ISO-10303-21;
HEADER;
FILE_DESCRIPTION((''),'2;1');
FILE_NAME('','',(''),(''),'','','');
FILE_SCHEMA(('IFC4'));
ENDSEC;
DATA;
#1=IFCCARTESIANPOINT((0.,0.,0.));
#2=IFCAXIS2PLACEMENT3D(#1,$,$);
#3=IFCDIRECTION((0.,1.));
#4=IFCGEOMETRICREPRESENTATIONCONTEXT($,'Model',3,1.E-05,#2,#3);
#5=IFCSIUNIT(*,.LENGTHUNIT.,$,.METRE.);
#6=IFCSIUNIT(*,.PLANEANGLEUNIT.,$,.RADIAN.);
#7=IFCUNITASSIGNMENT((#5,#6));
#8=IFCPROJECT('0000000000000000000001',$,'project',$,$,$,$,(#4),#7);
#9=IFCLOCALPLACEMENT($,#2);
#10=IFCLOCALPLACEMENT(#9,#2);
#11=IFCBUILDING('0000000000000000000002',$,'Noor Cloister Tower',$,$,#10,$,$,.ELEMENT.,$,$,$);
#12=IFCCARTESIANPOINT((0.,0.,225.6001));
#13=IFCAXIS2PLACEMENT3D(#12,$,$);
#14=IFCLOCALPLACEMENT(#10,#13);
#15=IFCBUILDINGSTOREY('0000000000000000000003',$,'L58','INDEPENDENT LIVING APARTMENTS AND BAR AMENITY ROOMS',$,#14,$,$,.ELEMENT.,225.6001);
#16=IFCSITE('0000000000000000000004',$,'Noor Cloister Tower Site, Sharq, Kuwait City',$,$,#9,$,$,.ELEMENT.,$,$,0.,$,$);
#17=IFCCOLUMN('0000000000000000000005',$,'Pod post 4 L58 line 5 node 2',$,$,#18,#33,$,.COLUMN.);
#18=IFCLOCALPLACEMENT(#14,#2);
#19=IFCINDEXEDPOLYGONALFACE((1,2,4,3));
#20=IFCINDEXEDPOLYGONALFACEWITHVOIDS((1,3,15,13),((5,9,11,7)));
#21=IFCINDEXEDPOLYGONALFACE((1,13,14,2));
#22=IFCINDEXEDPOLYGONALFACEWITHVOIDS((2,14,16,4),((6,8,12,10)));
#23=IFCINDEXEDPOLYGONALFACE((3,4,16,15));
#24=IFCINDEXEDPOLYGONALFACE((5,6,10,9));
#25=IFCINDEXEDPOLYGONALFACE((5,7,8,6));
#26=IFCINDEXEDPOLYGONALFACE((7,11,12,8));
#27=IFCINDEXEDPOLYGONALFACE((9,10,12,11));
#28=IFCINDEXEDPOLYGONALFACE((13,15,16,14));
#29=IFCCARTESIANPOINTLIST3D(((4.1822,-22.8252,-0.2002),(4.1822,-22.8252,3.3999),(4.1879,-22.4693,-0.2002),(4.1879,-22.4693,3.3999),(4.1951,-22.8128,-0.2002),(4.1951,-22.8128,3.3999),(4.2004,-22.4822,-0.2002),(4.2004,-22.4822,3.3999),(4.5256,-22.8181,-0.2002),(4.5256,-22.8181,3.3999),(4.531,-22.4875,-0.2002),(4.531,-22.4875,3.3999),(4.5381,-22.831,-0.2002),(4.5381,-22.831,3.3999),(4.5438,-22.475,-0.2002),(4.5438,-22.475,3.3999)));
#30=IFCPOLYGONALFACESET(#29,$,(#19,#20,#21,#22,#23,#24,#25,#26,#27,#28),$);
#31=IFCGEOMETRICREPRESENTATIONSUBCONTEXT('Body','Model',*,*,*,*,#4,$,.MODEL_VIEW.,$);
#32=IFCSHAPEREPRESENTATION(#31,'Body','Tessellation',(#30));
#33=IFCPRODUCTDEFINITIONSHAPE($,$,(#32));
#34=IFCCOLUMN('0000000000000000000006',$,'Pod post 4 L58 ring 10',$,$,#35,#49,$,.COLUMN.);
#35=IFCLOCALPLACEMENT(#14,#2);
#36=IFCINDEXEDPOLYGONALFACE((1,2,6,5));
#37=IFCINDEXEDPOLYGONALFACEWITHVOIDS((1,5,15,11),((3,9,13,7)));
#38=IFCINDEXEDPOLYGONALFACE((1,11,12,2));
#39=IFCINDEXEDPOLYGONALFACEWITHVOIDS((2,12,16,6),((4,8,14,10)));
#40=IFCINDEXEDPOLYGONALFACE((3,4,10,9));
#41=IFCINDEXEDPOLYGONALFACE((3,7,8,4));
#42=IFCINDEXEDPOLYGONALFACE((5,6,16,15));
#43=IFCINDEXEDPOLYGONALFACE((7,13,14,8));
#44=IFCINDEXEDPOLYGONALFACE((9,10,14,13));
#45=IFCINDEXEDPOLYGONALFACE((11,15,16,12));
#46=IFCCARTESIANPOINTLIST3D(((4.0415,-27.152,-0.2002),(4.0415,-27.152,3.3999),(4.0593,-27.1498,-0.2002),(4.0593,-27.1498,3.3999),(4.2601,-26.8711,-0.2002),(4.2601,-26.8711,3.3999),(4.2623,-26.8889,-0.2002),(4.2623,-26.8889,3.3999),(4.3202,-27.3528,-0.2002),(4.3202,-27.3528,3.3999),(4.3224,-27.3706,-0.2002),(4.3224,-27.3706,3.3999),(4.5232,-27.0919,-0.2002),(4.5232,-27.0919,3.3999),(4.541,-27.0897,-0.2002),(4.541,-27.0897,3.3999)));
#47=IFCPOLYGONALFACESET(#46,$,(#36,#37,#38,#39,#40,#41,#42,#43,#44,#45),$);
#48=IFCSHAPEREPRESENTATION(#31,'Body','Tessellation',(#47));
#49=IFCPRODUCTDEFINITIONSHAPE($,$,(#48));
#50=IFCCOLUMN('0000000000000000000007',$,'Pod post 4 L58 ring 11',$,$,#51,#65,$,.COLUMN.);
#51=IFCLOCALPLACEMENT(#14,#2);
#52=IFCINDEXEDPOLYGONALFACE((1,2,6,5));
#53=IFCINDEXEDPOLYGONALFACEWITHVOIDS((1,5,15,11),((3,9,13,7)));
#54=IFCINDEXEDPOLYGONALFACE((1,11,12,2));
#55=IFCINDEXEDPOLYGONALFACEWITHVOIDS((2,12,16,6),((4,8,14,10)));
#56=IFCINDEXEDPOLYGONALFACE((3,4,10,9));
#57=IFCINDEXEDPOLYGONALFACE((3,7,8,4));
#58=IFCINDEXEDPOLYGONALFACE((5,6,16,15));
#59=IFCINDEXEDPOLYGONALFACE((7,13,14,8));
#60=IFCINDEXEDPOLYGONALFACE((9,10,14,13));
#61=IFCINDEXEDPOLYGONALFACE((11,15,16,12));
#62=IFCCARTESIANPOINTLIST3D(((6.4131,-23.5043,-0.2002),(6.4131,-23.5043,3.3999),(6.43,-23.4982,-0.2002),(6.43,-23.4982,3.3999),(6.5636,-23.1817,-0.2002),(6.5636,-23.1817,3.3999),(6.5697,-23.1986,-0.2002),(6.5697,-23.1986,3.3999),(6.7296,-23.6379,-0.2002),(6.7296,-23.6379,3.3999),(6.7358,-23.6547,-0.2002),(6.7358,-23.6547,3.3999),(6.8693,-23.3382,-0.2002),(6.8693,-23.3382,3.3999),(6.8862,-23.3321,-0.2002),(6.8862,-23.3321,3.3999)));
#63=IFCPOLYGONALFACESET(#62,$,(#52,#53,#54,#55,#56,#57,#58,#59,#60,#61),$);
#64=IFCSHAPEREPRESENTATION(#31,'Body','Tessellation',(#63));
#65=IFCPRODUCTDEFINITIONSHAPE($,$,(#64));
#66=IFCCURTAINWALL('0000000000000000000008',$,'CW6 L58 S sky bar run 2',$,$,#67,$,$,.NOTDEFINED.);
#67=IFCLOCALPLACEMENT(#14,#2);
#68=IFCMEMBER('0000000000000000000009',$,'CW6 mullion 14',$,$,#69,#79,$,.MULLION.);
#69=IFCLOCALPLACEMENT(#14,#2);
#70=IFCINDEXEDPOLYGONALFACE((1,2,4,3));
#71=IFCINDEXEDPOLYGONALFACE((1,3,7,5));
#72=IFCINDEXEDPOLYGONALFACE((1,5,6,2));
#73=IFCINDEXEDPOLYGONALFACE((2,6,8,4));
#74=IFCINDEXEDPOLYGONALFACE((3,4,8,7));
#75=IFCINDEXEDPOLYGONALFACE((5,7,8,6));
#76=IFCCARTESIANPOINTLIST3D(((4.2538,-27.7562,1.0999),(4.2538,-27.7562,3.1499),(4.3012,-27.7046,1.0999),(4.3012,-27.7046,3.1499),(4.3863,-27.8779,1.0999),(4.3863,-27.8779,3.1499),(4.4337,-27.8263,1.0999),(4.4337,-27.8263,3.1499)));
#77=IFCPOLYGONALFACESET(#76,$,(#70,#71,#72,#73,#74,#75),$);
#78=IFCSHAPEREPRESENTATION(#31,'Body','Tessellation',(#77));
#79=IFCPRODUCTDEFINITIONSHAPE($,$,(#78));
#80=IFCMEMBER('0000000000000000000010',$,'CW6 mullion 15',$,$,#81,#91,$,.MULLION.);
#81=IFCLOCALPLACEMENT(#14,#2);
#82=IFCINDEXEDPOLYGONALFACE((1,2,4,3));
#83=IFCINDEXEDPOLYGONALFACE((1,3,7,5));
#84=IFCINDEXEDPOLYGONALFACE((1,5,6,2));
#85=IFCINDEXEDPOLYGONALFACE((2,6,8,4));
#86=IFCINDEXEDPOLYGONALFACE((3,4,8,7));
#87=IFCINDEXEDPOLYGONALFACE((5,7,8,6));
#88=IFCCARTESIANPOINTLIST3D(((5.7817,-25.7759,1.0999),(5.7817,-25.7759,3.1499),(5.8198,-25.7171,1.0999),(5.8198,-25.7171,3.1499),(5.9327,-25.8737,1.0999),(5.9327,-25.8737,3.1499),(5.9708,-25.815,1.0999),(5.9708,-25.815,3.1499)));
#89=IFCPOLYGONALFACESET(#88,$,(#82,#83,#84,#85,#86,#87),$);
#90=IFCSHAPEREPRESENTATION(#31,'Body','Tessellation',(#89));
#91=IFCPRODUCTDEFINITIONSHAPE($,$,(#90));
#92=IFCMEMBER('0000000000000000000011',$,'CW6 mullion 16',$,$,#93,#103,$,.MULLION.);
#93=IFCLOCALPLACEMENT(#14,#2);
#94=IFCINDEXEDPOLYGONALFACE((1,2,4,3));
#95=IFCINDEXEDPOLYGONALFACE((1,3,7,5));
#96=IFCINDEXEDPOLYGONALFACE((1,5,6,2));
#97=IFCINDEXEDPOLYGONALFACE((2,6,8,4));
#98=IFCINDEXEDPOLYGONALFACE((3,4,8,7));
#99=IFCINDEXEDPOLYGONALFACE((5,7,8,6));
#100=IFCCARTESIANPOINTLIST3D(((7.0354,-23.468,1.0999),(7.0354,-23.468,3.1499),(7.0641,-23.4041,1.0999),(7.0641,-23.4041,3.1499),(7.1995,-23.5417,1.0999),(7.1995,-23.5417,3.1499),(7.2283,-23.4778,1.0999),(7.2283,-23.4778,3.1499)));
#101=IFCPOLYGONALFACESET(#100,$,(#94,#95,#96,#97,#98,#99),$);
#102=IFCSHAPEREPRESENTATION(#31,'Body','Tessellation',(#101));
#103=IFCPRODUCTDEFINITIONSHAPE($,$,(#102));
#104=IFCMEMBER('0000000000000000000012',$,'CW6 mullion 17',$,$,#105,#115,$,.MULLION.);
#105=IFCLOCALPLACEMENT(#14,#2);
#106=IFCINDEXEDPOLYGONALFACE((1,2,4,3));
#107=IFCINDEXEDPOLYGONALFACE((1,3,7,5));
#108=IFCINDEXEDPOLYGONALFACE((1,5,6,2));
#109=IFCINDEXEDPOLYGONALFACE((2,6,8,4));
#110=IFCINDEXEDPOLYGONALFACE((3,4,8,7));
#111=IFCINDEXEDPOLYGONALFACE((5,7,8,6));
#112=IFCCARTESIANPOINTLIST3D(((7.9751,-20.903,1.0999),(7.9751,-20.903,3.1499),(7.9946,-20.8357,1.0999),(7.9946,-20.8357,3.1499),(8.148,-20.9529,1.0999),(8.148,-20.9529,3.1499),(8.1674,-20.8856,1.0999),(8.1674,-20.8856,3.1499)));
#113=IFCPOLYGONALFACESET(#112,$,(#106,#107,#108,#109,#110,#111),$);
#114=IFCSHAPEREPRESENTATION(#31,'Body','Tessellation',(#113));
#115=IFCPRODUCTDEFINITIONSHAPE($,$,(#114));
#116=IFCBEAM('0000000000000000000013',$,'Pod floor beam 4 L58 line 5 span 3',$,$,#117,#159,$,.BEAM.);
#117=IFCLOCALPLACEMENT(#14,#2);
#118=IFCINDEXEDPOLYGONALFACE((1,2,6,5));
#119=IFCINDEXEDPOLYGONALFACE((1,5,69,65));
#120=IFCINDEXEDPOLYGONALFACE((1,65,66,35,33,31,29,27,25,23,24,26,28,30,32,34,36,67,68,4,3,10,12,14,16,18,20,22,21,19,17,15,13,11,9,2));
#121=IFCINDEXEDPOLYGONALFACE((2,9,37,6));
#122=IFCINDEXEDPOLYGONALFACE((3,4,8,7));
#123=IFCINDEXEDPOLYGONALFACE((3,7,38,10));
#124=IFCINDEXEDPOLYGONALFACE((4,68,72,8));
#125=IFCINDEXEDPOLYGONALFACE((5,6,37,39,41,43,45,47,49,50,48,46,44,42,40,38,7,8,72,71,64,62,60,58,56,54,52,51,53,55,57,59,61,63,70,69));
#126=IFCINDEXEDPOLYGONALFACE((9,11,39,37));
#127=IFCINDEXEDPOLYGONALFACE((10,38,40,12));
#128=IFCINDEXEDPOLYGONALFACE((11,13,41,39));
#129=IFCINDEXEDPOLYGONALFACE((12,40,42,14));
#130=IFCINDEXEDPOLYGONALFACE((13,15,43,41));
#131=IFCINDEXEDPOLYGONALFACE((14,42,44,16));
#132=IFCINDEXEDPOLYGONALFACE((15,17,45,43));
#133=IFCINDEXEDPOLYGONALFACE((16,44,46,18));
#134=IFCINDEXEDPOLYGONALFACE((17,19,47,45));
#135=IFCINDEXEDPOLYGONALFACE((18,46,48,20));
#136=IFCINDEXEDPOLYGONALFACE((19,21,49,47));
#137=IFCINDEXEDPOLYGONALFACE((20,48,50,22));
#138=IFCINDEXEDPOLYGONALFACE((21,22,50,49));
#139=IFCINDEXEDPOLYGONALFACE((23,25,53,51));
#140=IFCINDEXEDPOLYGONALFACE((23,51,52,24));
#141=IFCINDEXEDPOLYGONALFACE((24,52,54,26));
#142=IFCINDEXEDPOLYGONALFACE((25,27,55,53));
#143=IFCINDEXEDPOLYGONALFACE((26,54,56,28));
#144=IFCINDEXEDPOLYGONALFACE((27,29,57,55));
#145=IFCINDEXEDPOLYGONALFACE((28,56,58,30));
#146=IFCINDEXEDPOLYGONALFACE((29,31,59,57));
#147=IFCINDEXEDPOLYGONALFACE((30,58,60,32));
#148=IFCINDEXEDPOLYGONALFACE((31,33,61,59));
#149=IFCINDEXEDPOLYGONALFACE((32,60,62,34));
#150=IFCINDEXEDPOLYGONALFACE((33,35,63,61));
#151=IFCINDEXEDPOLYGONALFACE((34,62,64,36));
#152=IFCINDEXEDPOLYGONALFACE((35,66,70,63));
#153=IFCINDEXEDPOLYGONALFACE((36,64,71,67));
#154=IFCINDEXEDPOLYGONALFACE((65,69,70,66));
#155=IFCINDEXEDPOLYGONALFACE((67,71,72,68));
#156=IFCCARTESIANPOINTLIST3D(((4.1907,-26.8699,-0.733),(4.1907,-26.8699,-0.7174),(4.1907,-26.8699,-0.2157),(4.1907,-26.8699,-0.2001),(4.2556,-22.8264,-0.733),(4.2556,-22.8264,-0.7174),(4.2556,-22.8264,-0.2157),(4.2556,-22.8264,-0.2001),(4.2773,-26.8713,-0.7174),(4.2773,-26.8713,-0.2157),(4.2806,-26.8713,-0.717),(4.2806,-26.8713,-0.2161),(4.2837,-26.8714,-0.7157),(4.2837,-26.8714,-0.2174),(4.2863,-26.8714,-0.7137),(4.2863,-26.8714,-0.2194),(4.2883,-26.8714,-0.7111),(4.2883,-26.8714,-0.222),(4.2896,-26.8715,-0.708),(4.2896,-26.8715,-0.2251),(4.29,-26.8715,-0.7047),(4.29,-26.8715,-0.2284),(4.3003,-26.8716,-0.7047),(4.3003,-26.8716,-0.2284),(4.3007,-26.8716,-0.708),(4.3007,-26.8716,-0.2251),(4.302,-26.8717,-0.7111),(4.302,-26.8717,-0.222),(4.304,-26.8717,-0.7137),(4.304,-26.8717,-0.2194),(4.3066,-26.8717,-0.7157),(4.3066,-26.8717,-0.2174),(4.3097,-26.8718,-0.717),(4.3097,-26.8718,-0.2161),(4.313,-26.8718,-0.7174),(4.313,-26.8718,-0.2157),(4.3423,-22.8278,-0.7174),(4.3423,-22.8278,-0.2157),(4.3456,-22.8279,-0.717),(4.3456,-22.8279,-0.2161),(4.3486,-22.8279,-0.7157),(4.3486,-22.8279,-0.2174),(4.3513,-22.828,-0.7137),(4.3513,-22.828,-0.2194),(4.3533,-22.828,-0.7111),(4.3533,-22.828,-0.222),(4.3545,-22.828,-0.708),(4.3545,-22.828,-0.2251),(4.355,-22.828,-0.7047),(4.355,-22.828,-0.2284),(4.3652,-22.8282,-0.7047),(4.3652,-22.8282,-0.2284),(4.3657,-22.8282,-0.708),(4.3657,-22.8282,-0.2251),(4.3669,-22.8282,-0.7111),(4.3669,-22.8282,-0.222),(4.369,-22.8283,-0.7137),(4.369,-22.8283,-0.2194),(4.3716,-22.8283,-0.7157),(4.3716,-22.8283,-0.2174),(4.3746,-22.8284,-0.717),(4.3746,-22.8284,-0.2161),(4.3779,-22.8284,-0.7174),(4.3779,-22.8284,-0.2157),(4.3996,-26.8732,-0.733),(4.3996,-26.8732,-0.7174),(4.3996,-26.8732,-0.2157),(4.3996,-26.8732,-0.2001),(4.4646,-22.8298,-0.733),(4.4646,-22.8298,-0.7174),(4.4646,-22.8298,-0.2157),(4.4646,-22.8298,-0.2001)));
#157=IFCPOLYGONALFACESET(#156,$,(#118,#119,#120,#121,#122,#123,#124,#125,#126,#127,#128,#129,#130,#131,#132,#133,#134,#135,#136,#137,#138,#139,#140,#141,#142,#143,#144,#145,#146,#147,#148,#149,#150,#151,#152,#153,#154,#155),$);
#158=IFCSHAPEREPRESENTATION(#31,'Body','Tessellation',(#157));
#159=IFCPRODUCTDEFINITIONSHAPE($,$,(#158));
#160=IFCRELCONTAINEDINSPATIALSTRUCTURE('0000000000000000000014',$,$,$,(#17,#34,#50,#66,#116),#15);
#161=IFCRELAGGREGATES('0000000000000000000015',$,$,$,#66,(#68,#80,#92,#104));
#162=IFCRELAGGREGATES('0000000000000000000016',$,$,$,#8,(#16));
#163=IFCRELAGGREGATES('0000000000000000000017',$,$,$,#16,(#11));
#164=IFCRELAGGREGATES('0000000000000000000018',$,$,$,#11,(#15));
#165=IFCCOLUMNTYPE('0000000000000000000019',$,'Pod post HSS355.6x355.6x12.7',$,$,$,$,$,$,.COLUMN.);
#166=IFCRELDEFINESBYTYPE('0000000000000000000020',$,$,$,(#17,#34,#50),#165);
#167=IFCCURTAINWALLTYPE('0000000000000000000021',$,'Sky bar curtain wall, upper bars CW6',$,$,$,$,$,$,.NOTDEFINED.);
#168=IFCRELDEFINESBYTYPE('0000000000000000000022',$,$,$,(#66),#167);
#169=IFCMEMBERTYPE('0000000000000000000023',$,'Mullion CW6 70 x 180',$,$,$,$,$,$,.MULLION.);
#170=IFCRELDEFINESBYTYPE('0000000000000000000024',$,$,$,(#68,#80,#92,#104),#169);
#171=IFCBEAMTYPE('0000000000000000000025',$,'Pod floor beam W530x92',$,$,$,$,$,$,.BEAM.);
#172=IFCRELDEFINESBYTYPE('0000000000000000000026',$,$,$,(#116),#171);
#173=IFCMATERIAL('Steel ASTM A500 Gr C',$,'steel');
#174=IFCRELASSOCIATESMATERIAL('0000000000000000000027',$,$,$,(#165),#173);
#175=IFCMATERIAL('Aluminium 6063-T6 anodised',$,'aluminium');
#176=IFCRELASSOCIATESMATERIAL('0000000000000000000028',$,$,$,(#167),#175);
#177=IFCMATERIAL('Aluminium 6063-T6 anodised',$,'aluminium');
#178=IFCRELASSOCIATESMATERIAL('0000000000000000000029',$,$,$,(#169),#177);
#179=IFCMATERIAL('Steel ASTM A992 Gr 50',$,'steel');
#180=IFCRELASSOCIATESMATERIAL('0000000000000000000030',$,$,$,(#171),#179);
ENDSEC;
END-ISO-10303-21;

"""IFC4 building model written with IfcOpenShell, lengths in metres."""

from ifc_helpers import new_model, si_unit, direction, frame, origin, origin_2d, place, context, subcontext, project, spatial, rectangle, hollow_rectangle, i_section, extrude, material, material_profile, profile_set, type_object, element, aggregate, save


model = new_model("IFC4")

# Units and contexts
model_context = context("Model", 3, precision=1e-05, world=origin(), true_north=direction((0.0, 1.0)))
body_context = subcontext(model_context, "Body", "Model", "MODEL_VIEW")
ifc_project = project(units=[si_unit("LENGTHUNIT", "METRE"), si_unit("PLANEANGLEUNIT", "RADIAN")], contexts=[model_context])

# Site, building, storey
site_placement = place(None, origin())
site = spatial("IfcSite", under=ifc_project, at=site_placement, Name="Noor Cloister Tower Site, Sharq, Kuwait City", CompositionType="ELEMENT", RefElevation=0.0)
building_placement = place(site_placement, origin())
building = spatial("IfcBuilding", under=site, at=building_placement, Name="Noor Cloister Tower", CompositionType="ELEMENT")
storey_placement = place(building_placement, frame((0.0, 0.0, 225.6001)))
storey = spatial("IfcBuildingStorey", under=building, at=storey_placement, Name="L58", Description="INDEPENDENT LIVING APARTMENTS AND BAR AMENITY ROOMS", CompositionType="ELEMENT", Elevation=225.6001)

# Columns
ifc_material_1 = material(Name="Steel ASTM A500 Gr C", Category="steel")
ifc_material_profile_1 = material_profile(ifc_material_1, hollow_rectangle(XDim=0.356, YDim=0.356, WallThickness=0.0127, at=origin_2d()), Name="HSS355.6x355.6x12.7")
ifc_profile_set_1 = profile_set([ifc_material_profile_1], Name="Steel ASTM A500 Gr C")
column_type = type_object("IfcColumnType", Name="Pod post HSS355.6x355.6x12.7", PredefinedType="COLUMN", material=ifc_profile_set_1)
for number, where, z_axis, x_axis, name in (
    (1, (4.363, -22.6501, -0.2002), (0.0, 0.0, 1.0), (-0.016039, -0.999871, 0.0), "Pod post 4 L58 line 5 node 2"),
    (2, (4.2913, -27.1208, -0.2002), (0.0, 0.0, 1.0), (0.614122, 0.789211, 0.0), "Pod post 4 L58 ring 10"),
    (3, (6.6497, -23.4182, -0.2002), (0.0, 0.0, 1.0), (0.422538, 0.906345, 0.0), "Pod post 4 L58 ring 11"),
):
    element("IfcColumn", number, at=place(storey_placement, frame(where, z_axis=z_axis, x_axis=x_axis)), inside=storey, type_object=column_type, Name=name, PredefinedType="COLUMN", context=body_context, shape_type="SweptSolid", body=[
        extrude(hollow_rectangle(XDim=0.356, YDim=0.356, WallThickness=0.0127, at=origin_2d()), origin(), (0.0, 0.0, 1.0), 3.6001),
    ])

# Curtain wall, members
ifc_material_2 = material(Name="Aluminium 6063-T6 anodised", Category="aluminium")
curtain_wall_type = type_object("IfcCurtainWallType", Name="Sky bar curtain wall, upper bars CW6", PredefinedType="NOTDEFINED", material=ifc_material_2)
curtain_wall_placement = place(storey_placement, origin())
curtain_wall = element("IfcCurtainWall", 4, at=curtain_wall_placement, inside=storey, type_object=curtain_wall_type, Name="CW6 L58 S sky bar run 2", PredefinedType="NOTDEFINED")
ifc_material_3 = material(Name="Aluminium 6063-T6 anodised", Category="aluminium")
ifc_material_profile_2 = material_profile(ifc_material_3, rectangle(XDim=0.1799, YDim=0.0701, at=origin_2d()), Name="180 x 70 mullion")
ifc_profile_set_2 = profile_set([ifc_material_profile_2], Name="Aluminium 6063-T6 anodised")
member_type = type_object("IfcMemberType", Name="Mullion CW6 70 x 180", PredefinedType="MULLION", material=ifc_profile_set_2)
member_1_placement = place(storey_placement, frame((4.3438, -27.7913, 1.0999), z_axis=(0.0, 0.0, 1.0), x_axis=(-0.736555, 0.676377, 0.0)))
member_1 = element("IfcMember", 5, at=member_1_placement, type_object=member_type, Name="CW6 mullion 14", PredefinedType="MULLION", context=body_context, shape_type="SweptSolid", body=[
    extrude(rectangle(XDim=0.1799, YDim=0.0701, at=origin_2d()), origin(), (0.0, 0.0, 1.0), 2.05),
])
member_2_placement = place(storey_placement, frame((5.8762, -25.7954, 1.0999), z_axis=(0.0, 0.0, 1.0), x_axis=(-0.839087, 0.543997, 0.0)))
member_2 = element("IfcMember", 6, at=member_2_placement, type_object=member_type, Name="CW6 mullion 15", PredefinedType="MULLION", context=body_context, shape_type="SweptSolid", body=[
    extrude(rectangle(XDim=0.1799, YDim=0.0701, at=origin_2d()), origin(), (0.0, 0.0, 1.0), 2.05),
])
member_3_placement = place(storey_placement, frame((7.1318, -23.4729, 1.0999), z_axis=(0.0, 0.0, 1.0), x_axis=(-0.91207, 0.410035, 0.0)))
member_3 = element("IfcMember", 7, at=member_3_placement, type_object=member_type, Name="CW6 mullion 16", PredefinedType="MULLION", context=body_context, shape_type="SweptSolid", body=[
    extrude(rectangle(XDim=0.1799, YDim=0.0701, at=origin_2d()), origin(), (0.0, 0.0, 1.0), 2.05),
])
member_4_placement = place(storey_placement, frame((8.0713, -20.8943, 1.0999), z_axis=(0.0, 0.0, 1.0), x_axis=(-0.960795, 0.277261, 0.0)))
member_4 = element("IfcMember", 8, at=member_4_placement, type_object=member_type, Name="CW6 mullion 17", PredefinedType="MULLION", context=body_context, shape_type="SweptSolid", body=[
    extrude(rectangle(XDim=0.1799, YDim=0.0701, at=origin_2d()), origin(), (0.0, 0.0, 1.0), 2.05),
])

# Beam
ifc_material_4 = material(Name="Steel ASTM A992 Gr 50", Category="steel")
ifc_material_profile_3 = material_profile(ifc_material_4, i_section(OverallWidth=0.209, OverallDepth=0.533, WebThickness=0.0103, FlangeThickness=0.0156, FilletRadius=0.0127, at=origin_2d()), Name="W530x92")
ifc_profile_set_3 = profile_set([ifc_material_profile_3], Name="Steel ASTM A992 Gr 50")
beam_type = type_object("IfcBeamType", Name="Pod floor beam W530x92", PredefinedType="BEAM", material=ifc_profile_set_3)
beam_1_placement = place(storey_placement, frame((4.3601, -22.8281, -0.4666), z_axis=(-0.016059, -0.999871, 0.0), x_axis=(0.999871, -0.016059, 0.0)))
element("IfcBeam", 9, at=beam_1_placement, inside=storey, type_object=beam_type, Name="Pod floor beam 4 L58 line 5 span 3", PredefinedType="BEAM", context=body_context, shape_type="SweptSolid", body=[
    extrude(i_section(OverallWidth=0.209, OverallDepth=0.533, WebThickness=0.0103, FlangeThickness=0.0156, FilletRadius=0.0127, at=origin_2d()), origin(), (0.0, 0.0, 1.0), 4.0439),
])

aggregate(curtain_wall, [member_1, member_2, member_3, member_4])

save(model, "model.ifc")
